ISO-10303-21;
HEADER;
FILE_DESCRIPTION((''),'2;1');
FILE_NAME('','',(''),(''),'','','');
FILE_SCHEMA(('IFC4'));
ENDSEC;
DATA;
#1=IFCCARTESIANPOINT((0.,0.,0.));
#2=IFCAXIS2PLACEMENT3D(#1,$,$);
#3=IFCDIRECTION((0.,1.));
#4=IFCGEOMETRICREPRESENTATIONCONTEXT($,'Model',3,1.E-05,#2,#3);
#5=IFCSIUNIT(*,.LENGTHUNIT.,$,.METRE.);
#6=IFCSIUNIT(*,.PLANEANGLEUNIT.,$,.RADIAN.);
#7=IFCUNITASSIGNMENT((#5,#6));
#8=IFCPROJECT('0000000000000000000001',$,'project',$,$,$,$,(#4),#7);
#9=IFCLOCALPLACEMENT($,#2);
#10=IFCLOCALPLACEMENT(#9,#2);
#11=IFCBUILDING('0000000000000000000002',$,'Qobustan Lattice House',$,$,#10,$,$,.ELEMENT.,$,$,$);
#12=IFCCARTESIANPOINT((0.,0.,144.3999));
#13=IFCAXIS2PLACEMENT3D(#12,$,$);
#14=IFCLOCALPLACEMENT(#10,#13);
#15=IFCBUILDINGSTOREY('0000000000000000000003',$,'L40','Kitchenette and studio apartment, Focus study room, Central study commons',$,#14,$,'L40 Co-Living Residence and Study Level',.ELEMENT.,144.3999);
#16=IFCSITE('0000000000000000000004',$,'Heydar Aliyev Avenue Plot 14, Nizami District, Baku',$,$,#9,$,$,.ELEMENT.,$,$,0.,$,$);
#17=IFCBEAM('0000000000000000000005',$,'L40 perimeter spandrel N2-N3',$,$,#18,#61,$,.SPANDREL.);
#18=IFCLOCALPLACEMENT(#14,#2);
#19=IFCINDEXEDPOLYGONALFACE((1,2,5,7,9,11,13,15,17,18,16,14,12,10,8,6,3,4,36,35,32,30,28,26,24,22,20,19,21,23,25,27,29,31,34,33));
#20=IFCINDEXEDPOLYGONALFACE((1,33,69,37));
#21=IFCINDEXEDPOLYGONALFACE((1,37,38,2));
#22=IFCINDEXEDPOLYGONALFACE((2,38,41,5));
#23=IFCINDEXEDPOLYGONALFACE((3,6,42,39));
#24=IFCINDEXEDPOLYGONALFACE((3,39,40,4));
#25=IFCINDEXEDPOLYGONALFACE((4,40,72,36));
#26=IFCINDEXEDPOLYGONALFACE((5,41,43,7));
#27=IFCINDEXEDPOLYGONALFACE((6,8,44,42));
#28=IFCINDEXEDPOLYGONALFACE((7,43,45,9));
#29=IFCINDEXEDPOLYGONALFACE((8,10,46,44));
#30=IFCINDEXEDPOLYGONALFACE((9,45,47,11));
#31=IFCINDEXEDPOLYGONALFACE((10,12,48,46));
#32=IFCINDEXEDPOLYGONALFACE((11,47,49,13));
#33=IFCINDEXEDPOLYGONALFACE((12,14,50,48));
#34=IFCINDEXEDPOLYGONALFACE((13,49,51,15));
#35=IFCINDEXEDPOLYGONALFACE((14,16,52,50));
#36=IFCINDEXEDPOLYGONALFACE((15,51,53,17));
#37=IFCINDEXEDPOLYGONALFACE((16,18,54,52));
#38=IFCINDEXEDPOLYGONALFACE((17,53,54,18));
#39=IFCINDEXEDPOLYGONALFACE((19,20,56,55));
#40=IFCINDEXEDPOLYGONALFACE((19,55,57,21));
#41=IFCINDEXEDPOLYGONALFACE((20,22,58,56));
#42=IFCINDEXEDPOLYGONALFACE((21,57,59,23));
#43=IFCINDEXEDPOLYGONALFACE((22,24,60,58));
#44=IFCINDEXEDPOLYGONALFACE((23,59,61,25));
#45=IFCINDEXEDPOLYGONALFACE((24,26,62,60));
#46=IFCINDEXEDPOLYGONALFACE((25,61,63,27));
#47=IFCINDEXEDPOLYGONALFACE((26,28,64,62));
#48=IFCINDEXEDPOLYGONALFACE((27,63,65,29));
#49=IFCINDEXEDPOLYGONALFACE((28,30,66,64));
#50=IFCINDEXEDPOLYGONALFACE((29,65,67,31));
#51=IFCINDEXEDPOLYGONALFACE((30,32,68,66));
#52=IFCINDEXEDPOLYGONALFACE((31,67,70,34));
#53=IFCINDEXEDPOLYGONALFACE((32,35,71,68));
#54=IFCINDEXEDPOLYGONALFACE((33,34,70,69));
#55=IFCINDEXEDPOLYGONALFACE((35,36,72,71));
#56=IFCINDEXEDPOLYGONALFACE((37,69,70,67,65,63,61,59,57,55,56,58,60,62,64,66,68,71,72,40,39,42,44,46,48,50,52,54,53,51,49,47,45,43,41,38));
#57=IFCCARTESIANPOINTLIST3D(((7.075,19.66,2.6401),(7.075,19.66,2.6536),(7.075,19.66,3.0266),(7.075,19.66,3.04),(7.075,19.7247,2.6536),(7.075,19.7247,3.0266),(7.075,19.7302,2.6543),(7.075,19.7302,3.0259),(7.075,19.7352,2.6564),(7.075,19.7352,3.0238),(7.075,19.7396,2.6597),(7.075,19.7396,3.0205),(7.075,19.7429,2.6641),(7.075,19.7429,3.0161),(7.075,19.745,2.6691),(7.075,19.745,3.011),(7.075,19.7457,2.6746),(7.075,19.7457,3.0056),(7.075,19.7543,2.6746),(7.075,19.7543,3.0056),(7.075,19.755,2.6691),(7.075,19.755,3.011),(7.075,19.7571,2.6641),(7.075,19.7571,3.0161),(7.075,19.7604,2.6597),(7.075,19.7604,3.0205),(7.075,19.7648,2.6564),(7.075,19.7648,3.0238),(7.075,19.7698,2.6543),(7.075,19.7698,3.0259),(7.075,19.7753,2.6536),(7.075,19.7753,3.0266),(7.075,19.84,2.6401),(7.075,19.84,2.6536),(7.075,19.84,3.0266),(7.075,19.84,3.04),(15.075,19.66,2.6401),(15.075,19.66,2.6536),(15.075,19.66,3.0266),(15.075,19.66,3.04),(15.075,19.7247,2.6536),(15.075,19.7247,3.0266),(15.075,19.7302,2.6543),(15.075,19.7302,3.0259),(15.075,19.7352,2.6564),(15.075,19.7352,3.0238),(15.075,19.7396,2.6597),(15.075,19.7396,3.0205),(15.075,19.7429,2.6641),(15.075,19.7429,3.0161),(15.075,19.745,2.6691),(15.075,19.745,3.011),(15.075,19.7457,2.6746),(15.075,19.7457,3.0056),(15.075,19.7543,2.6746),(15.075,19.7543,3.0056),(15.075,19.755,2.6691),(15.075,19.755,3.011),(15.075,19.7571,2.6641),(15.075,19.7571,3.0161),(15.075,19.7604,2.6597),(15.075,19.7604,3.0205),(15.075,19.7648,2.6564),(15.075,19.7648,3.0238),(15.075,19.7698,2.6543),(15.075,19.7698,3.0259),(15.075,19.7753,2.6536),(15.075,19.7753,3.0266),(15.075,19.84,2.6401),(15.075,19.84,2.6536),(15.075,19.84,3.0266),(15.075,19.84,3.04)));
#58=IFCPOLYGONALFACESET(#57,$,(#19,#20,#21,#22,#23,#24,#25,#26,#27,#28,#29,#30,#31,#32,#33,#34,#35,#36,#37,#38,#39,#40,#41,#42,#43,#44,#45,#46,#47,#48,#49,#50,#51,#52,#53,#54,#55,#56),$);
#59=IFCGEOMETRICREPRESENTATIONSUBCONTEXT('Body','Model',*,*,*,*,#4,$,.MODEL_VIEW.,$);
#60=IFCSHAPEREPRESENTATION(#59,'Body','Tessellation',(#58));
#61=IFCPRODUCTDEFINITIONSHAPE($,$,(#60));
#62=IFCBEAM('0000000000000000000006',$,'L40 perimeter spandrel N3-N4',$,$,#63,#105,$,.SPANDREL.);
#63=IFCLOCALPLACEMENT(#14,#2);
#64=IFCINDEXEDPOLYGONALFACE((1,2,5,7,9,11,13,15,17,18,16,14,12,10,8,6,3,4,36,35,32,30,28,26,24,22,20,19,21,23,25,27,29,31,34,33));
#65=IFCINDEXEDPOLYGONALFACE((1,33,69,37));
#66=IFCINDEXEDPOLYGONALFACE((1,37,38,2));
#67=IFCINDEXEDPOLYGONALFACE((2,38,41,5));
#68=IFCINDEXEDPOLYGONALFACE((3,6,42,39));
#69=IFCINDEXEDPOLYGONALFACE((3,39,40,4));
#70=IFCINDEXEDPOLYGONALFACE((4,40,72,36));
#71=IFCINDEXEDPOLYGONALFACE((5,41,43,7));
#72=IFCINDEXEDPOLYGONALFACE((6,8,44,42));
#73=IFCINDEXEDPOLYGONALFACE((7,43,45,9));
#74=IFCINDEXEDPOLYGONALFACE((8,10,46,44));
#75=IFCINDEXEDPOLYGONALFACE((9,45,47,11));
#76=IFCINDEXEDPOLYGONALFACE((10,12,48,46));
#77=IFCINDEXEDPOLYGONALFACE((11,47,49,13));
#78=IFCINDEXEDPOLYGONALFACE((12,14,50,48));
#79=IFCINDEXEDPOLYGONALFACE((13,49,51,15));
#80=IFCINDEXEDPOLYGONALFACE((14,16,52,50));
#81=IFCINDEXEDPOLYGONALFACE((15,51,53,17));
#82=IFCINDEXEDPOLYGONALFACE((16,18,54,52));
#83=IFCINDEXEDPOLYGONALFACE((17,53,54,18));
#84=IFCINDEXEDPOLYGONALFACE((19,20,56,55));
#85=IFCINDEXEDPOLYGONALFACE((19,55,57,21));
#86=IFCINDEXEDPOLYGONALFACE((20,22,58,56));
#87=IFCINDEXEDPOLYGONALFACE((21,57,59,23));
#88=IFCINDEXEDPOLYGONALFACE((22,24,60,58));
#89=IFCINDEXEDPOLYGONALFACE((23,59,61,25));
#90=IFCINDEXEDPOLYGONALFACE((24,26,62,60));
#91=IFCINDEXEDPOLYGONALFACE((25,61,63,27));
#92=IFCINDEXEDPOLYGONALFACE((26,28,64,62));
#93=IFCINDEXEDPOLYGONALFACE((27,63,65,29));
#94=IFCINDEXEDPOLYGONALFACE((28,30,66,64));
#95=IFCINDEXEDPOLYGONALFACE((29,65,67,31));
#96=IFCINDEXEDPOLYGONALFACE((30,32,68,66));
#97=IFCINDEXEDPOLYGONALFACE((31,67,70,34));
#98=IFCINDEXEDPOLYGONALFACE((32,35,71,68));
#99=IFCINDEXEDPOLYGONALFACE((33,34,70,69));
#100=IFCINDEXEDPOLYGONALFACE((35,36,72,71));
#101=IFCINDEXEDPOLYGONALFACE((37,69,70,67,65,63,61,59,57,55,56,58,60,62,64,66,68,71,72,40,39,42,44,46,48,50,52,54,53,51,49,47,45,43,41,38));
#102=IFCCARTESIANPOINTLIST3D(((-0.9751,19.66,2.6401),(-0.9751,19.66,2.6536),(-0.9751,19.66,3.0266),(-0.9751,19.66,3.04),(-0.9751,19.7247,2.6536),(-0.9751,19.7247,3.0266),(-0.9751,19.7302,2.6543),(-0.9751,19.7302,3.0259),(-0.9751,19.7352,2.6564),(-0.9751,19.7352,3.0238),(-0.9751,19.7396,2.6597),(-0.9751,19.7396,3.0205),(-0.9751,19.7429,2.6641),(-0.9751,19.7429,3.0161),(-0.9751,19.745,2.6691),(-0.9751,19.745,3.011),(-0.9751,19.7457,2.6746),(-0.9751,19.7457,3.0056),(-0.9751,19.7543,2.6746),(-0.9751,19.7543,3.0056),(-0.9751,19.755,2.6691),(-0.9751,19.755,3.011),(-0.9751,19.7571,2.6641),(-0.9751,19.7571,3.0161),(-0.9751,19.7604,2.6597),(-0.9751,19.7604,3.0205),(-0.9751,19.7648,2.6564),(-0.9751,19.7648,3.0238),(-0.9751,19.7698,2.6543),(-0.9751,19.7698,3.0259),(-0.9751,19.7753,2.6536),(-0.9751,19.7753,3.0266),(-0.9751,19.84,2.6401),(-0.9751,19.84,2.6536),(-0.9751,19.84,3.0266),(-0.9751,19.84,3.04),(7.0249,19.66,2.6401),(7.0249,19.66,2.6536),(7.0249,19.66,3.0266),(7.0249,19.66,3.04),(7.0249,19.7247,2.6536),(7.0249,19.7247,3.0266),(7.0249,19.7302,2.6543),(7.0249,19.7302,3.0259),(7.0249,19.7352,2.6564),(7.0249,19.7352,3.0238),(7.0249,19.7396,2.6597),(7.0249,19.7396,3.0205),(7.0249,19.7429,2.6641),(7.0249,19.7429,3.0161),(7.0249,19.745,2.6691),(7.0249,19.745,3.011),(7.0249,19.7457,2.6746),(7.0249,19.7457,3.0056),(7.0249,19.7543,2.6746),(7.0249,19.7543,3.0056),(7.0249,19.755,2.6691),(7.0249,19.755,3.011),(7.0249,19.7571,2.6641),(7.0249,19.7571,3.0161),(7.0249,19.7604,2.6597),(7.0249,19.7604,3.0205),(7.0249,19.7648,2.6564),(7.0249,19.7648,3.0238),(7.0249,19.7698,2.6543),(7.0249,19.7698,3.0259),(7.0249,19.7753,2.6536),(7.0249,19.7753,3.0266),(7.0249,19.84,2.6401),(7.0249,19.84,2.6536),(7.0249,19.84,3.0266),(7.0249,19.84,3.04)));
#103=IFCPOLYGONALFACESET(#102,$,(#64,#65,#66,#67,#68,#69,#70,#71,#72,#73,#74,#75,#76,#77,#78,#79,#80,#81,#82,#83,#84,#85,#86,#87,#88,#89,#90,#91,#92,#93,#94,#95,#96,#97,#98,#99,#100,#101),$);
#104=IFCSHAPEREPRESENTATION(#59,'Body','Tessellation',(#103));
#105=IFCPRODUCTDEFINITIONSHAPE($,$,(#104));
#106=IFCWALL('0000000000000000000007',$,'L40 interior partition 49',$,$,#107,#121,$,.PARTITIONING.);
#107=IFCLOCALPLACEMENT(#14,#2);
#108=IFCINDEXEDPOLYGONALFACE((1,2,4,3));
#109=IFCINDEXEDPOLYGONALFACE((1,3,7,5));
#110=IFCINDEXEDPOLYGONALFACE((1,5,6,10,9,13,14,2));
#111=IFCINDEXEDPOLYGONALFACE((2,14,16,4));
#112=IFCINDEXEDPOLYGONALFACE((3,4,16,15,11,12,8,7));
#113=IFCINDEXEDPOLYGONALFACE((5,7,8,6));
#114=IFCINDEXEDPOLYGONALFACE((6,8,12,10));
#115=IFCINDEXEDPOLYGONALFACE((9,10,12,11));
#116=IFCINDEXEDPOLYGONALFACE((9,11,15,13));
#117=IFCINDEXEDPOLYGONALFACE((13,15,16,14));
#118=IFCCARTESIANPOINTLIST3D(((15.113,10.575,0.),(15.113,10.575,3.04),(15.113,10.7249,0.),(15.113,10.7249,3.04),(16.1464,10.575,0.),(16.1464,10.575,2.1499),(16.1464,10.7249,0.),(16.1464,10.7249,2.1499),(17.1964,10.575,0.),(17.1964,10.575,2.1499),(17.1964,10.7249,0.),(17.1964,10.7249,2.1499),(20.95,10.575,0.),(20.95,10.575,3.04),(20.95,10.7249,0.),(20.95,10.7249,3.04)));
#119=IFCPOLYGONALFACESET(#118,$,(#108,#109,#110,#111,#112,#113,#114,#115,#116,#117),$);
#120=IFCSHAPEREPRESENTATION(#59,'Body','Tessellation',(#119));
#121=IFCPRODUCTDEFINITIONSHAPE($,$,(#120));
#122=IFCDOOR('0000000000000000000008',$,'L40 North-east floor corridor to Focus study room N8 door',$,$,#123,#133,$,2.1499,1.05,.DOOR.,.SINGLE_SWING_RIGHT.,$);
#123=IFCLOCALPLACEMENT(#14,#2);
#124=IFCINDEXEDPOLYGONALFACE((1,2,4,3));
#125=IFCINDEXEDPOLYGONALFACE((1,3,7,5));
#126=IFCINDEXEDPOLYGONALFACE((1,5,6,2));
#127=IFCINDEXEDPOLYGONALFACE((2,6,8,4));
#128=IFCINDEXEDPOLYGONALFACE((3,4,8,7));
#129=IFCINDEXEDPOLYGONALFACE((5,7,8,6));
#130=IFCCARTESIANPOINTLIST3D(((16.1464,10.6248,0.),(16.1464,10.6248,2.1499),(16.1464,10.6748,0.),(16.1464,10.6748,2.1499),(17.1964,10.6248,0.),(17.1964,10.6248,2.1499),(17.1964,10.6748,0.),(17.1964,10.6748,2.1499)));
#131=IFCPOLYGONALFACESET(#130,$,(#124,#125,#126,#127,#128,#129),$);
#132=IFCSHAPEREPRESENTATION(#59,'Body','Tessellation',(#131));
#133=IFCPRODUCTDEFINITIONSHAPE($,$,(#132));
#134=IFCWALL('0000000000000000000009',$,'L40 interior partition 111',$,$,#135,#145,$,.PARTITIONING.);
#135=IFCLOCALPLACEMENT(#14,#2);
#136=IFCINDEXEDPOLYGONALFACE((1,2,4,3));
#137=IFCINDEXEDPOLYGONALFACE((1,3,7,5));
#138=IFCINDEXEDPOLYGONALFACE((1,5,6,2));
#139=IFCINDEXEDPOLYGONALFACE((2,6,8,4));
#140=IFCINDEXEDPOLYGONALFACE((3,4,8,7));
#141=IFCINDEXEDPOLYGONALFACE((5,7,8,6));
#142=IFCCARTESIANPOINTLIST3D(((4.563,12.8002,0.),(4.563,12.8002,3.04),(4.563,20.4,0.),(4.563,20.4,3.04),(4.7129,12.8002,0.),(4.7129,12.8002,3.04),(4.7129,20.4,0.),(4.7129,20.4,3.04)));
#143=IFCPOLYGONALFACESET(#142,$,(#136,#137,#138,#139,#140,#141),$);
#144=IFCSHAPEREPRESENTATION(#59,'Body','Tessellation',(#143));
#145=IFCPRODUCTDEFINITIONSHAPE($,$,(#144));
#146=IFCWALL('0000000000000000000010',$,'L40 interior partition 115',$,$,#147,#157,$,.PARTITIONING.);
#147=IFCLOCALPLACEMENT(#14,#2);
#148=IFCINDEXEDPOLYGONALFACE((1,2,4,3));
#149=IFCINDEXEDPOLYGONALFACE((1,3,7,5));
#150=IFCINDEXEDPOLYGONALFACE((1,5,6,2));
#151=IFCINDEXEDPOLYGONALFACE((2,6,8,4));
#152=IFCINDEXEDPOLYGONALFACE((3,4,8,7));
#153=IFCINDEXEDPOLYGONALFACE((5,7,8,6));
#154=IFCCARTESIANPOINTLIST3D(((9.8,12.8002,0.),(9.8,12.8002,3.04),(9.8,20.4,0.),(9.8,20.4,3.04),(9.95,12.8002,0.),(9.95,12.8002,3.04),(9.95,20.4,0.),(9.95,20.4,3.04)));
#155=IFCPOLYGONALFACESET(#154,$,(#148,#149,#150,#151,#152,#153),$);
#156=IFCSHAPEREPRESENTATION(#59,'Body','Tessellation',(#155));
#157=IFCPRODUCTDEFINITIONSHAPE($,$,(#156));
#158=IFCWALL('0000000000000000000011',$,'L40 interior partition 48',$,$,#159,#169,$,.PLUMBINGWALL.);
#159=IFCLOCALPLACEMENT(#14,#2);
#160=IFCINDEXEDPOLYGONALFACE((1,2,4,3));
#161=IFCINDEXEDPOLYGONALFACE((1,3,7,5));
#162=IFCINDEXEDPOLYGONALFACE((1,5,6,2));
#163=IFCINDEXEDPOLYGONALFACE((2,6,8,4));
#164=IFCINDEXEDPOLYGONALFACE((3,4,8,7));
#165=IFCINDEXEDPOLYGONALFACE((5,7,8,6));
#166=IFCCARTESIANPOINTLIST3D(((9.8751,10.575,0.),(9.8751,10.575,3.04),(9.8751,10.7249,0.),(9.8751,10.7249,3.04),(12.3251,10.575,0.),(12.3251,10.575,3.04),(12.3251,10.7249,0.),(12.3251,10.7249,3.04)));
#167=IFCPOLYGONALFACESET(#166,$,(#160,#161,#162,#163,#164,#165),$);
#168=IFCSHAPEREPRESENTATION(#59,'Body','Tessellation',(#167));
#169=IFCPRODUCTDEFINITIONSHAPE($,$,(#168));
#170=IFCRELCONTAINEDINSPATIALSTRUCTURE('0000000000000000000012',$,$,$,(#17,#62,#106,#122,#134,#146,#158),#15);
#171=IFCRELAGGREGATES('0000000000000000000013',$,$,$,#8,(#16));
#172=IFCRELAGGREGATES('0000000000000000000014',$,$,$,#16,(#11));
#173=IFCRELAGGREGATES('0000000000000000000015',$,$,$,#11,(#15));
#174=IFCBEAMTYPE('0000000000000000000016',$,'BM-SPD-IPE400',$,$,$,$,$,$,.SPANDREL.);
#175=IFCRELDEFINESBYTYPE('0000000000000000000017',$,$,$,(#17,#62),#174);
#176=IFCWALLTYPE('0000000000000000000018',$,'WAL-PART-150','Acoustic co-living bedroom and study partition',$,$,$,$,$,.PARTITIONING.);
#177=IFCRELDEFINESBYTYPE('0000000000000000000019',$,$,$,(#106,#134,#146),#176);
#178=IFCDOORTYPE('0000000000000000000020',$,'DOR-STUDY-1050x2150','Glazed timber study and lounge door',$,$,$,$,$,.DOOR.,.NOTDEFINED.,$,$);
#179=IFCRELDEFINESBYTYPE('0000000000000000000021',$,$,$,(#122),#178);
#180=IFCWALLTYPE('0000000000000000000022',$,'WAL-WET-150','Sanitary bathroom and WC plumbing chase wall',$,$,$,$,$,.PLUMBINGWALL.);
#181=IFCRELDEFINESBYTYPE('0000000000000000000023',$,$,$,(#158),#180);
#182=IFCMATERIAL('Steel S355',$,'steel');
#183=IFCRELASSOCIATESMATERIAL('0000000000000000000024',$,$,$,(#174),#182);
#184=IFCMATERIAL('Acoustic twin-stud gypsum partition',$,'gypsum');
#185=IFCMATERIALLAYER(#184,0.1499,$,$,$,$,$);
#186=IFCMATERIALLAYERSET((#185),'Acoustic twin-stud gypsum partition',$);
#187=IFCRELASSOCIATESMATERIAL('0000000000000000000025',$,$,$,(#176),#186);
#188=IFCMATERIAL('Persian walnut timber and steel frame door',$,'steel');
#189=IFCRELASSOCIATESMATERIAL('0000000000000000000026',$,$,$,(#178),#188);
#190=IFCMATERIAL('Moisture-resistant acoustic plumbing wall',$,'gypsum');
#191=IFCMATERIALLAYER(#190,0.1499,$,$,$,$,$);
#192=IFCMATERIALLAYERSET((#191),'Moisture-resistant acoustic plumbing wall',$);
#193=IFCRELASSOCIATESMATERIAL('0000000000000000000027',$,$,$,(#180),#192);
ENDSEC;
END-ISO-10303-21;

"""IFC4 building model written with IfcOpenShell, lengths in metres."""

from ifc_helpers import new_model, si_unit, direction, frame, frame_2d, origin, origin_2d, place, context, subcontext, project, spatial, rectangle, i_section, extrude, material, layer, layer_set, material_profile, profile_set, type_object, element, fill, save


model = new_model("IFC4")

# Units and contexts
model_context = context("Model", 3, precision=1e-05, world=origin(), true_north=direction((0.0, 1.0)))
body_context = subcontext(model_context, "Body", "Model", "MODEL_VIEW")
ifc_project = project(units=[si_unit("LENGTHUNIT", "METRE"), si_unit("PLANEANGLEUNIT", "RADIAN")], contexts=[model_context])

# Site, building, storey
site_placement = place(None, origin())
site = spatial("IfcSite", under=ifc_project, at=site_placement, Name="Heydar Aliyev Avenue Plot 14, Nizami District, Baku", CompositionType="ELEMENT", RefElevation=0.0)
building_placement = place(site_placement, origin())
building = spatial("IfcBuilding", under=site, at=building_placement, Name="Qobustan Lattice House", CompositionType="ELEMENT")
storey_placement = place(building_placement, frame((0.0, 0.0, 144.3999)))
storey = spatial("IfcBuildingStorey", under=building, at=storey_placement, Name="L40", Description="Kitchenette and studio apartment, Focus study room, Central study commons", LongName="L40 Co-Living Residence and Study Level", CompositionType="ELEMENT", Elevation=144.3999)

# Beams
ifc_material_1 = material(Name="Steel S355", Category="steel")
ifc_material_profile_1 = material_profile(ifc_material_1, i_section(OverallWidth=0.1799, OverallDepth=0.3999, WebThickness=0.0085, FlangeThickness=0.0134, FilletRadius=0.021, at=origin_2d()), Name="IPE400")
ifc_profile_set_1 = profile_set([ifc_material_profile_1], Name="Steel S355")
beam_type_1 = type_object("IfcBeamType", Name="BM-SPD-IPE400", PredefinedType="SPANDREL", material=ifc_profile_set_1)
for number, where, z_axis, x_axis, name in (
    (1, (15.075, 19.75, 2.8401), (-1.0, 0.0, 0.0), (0.0, -1.0, 0.0), "L40 perimeter spandrel N2-N3"),
    (2, (7.0249, 19.75, 2.8401), (-1.0, 0.0, 0.0), (0.0, -1.0, 0.0), "L40 perimeter spandrel N3-N4"),
):
    element("IfcBeam", number, at=place(storey_placement, frame(where, z_axis=z_axis, x_axis=x_axis)), inside=storey, type_object=beam_type_1, Name=name, PredefinedType="SPANDREL", context=body_context, shape_type="SweptSolid", body=[
        extrude(i_section(OverallWidth=0.1799, OverallDepth=0.3999, WebThickness=0.0085, FlangeThickness=0.0134, FilletRadius=0.021, at=origin_2d()), origin(), (0.0, 0.0, 1.0), 8.0),
    ])

# Wall, opening, door
ifc_material_2 = material(Name="Acoustic twin-stud gypsum partition", Category="gypsum")
ifc_layer_1 = layer(ifc_material_2, 0.1499)
ifc_layer_set_1 = layer_set([ifc_layer_1], Name="Acoustic twin-stud gypsum partition")
wall_type_1 = type_object("IfcWallType", Name="WAL-PART-150", Description="Acoustic co-living bedroom and study partition", PredefinedType="PARTITIONING", material=ifc_layer_set_1)
wall_1_placement = place(storey_placement, frame((15.113, 10.6499, 0.0), z_axis=(0.0, 0.0, 1.0), x_axis=(1.0, 0.0, 0.0)))
wall_1 = element("IfcWall", 3, at=wall_1_placement, inside=storey, type_object=wall_type_1, Name="L40 interior partition 49", PredefinedType="PARTITIONING", context=body_context, shape_type="SweptSolid", body=[
    extrude(rectangle(XDim=5.8369, YDim=0.1499, at=frame_2d((2.9185, 0.0))), origin(), (0.0, 0.0, 1.0), 3.04),
])
opening_1_placement = place(wall_1_placement, frame((1.0334, 0.0, 0.0)))
opening_1 = element("IfcOpeningElement", 4, at=opening_1_placement, cuts=wall_1, PredefinedType="OPENING", context=body_context, shape_type="SweptSolid", body=[
    extrude(rectangle(XDim=1.05, YDim=2.1499, at=frame_2d((0.5249, 1.075))), frame((0.0, 0.085, 0.0), z_axis=(0.0, -1.0, 0.0), x_axis=(1.0, 0.0, 0.0)), (0.0, 0.0, 1.0), 0.1699),
])
ifc_material_3 = material(Name="Persian walnut timber and steel frame door", Category="steel")
door_type_1 = type_object("IfcDoorType", Name="DOR-STUDY-1050x2150", Description="Glazed timber study and lounge door", OperationType="NOTDEFINED", PredefinedType="DOOR", material=ifc_material_3)
door_1_placement = place(opening_1_placement, origin())
door_1 = element("IfcDoor", 5, at=door_1_placement, inside=storey, type_object=door_type_1, Name="L40 North-east floor corridor to Focus study room N8 door", OperationType="SINGLE_SWING_RIGHT", OverallHeight=2.1499, OverallWidth=1.05, PredefinedType="DOOR", context=body_context, shape_type="SweptSolid", body=[
    extrude(rectangle(XDim=1.05, YDim=2.1499, at=frame_2d((0.5249, 1.075))), frame((0.0, 0.0249, 0.0), z_axis=(0.0, -1.0, 0.0), x_axis=(1.0, 0.0, 0.0)), (0.0, 0.0, 1.0), 0.05),
])
fill(opening_1, door_1)

# Walls
for number, where, z_axis, x_axis, name in (
    (6, (4.6379, 20.3999, 0.0), (0.0, 0.0, 1.0), (0.0, -1.0, 0.0), "L40 interior partition 111"),
    (7, (9.875, 20.3999, 0.0), (0.0, 0.0, 1.0), (0.0, -1.0, 0.0), "L40 interior partition 115"),
):
    element("IfcWall", number, at=place(storey_placement, frame(where, z_axis=z_axis, x_axis=x_axis)), inside=storey, type_object=wall_type_1, Name=name, PredefinedType="PARTITIONING", context=body_context, shape_type="SweptSolid", body=[
        extrude(rectangle(XDim=7.5999, YDim=0.1499, at=frame_2d((3.7998, 0.0))), origin(), (0.0, 0.0, 1.0), 3.04),
    ])
ifc_material_4 = material(Name="Moisture-resistant acoustic plumbing wall", Category="gypsum")
ifc_layer_2 = layer(ifc_material_4, 0.1499)
ifc_layer_set_2 = layer_set([ifc_layer_2], Name="Moisture-resistant acoustic plumbing wall")
wall_type_2 = type_object("IfcWallType", Name="WAL-WET-150", Description="Sanitary bathroom and WC plumbing chase wall", PredefinedType="PLUMBINGWALL", material=ifc_layer_set_2)
wall_2_placement = place(storey_placement, frame((9.875, 10.6499, 0.0), z_axis=(0.0, 0.0, 1.0), x_axis=(1.0, 0.0, 0.0)))
element("IfcWall", 8, at=wall_2_placement, inside=storey, type_object=wall_type_2, Name="L40 interior partition 48", PredefinedType="PLUMBINGWALL", context=body_context, shape_type="SweptSolid", body=[
    extrude(rectangle(XDim=2.45, YDim=0.1499, at=frame_2d((1.2251, 0.0))), origin(), (0.0, 0.0, 1.0), 3.04),
])

save(model, "model.ifc")
